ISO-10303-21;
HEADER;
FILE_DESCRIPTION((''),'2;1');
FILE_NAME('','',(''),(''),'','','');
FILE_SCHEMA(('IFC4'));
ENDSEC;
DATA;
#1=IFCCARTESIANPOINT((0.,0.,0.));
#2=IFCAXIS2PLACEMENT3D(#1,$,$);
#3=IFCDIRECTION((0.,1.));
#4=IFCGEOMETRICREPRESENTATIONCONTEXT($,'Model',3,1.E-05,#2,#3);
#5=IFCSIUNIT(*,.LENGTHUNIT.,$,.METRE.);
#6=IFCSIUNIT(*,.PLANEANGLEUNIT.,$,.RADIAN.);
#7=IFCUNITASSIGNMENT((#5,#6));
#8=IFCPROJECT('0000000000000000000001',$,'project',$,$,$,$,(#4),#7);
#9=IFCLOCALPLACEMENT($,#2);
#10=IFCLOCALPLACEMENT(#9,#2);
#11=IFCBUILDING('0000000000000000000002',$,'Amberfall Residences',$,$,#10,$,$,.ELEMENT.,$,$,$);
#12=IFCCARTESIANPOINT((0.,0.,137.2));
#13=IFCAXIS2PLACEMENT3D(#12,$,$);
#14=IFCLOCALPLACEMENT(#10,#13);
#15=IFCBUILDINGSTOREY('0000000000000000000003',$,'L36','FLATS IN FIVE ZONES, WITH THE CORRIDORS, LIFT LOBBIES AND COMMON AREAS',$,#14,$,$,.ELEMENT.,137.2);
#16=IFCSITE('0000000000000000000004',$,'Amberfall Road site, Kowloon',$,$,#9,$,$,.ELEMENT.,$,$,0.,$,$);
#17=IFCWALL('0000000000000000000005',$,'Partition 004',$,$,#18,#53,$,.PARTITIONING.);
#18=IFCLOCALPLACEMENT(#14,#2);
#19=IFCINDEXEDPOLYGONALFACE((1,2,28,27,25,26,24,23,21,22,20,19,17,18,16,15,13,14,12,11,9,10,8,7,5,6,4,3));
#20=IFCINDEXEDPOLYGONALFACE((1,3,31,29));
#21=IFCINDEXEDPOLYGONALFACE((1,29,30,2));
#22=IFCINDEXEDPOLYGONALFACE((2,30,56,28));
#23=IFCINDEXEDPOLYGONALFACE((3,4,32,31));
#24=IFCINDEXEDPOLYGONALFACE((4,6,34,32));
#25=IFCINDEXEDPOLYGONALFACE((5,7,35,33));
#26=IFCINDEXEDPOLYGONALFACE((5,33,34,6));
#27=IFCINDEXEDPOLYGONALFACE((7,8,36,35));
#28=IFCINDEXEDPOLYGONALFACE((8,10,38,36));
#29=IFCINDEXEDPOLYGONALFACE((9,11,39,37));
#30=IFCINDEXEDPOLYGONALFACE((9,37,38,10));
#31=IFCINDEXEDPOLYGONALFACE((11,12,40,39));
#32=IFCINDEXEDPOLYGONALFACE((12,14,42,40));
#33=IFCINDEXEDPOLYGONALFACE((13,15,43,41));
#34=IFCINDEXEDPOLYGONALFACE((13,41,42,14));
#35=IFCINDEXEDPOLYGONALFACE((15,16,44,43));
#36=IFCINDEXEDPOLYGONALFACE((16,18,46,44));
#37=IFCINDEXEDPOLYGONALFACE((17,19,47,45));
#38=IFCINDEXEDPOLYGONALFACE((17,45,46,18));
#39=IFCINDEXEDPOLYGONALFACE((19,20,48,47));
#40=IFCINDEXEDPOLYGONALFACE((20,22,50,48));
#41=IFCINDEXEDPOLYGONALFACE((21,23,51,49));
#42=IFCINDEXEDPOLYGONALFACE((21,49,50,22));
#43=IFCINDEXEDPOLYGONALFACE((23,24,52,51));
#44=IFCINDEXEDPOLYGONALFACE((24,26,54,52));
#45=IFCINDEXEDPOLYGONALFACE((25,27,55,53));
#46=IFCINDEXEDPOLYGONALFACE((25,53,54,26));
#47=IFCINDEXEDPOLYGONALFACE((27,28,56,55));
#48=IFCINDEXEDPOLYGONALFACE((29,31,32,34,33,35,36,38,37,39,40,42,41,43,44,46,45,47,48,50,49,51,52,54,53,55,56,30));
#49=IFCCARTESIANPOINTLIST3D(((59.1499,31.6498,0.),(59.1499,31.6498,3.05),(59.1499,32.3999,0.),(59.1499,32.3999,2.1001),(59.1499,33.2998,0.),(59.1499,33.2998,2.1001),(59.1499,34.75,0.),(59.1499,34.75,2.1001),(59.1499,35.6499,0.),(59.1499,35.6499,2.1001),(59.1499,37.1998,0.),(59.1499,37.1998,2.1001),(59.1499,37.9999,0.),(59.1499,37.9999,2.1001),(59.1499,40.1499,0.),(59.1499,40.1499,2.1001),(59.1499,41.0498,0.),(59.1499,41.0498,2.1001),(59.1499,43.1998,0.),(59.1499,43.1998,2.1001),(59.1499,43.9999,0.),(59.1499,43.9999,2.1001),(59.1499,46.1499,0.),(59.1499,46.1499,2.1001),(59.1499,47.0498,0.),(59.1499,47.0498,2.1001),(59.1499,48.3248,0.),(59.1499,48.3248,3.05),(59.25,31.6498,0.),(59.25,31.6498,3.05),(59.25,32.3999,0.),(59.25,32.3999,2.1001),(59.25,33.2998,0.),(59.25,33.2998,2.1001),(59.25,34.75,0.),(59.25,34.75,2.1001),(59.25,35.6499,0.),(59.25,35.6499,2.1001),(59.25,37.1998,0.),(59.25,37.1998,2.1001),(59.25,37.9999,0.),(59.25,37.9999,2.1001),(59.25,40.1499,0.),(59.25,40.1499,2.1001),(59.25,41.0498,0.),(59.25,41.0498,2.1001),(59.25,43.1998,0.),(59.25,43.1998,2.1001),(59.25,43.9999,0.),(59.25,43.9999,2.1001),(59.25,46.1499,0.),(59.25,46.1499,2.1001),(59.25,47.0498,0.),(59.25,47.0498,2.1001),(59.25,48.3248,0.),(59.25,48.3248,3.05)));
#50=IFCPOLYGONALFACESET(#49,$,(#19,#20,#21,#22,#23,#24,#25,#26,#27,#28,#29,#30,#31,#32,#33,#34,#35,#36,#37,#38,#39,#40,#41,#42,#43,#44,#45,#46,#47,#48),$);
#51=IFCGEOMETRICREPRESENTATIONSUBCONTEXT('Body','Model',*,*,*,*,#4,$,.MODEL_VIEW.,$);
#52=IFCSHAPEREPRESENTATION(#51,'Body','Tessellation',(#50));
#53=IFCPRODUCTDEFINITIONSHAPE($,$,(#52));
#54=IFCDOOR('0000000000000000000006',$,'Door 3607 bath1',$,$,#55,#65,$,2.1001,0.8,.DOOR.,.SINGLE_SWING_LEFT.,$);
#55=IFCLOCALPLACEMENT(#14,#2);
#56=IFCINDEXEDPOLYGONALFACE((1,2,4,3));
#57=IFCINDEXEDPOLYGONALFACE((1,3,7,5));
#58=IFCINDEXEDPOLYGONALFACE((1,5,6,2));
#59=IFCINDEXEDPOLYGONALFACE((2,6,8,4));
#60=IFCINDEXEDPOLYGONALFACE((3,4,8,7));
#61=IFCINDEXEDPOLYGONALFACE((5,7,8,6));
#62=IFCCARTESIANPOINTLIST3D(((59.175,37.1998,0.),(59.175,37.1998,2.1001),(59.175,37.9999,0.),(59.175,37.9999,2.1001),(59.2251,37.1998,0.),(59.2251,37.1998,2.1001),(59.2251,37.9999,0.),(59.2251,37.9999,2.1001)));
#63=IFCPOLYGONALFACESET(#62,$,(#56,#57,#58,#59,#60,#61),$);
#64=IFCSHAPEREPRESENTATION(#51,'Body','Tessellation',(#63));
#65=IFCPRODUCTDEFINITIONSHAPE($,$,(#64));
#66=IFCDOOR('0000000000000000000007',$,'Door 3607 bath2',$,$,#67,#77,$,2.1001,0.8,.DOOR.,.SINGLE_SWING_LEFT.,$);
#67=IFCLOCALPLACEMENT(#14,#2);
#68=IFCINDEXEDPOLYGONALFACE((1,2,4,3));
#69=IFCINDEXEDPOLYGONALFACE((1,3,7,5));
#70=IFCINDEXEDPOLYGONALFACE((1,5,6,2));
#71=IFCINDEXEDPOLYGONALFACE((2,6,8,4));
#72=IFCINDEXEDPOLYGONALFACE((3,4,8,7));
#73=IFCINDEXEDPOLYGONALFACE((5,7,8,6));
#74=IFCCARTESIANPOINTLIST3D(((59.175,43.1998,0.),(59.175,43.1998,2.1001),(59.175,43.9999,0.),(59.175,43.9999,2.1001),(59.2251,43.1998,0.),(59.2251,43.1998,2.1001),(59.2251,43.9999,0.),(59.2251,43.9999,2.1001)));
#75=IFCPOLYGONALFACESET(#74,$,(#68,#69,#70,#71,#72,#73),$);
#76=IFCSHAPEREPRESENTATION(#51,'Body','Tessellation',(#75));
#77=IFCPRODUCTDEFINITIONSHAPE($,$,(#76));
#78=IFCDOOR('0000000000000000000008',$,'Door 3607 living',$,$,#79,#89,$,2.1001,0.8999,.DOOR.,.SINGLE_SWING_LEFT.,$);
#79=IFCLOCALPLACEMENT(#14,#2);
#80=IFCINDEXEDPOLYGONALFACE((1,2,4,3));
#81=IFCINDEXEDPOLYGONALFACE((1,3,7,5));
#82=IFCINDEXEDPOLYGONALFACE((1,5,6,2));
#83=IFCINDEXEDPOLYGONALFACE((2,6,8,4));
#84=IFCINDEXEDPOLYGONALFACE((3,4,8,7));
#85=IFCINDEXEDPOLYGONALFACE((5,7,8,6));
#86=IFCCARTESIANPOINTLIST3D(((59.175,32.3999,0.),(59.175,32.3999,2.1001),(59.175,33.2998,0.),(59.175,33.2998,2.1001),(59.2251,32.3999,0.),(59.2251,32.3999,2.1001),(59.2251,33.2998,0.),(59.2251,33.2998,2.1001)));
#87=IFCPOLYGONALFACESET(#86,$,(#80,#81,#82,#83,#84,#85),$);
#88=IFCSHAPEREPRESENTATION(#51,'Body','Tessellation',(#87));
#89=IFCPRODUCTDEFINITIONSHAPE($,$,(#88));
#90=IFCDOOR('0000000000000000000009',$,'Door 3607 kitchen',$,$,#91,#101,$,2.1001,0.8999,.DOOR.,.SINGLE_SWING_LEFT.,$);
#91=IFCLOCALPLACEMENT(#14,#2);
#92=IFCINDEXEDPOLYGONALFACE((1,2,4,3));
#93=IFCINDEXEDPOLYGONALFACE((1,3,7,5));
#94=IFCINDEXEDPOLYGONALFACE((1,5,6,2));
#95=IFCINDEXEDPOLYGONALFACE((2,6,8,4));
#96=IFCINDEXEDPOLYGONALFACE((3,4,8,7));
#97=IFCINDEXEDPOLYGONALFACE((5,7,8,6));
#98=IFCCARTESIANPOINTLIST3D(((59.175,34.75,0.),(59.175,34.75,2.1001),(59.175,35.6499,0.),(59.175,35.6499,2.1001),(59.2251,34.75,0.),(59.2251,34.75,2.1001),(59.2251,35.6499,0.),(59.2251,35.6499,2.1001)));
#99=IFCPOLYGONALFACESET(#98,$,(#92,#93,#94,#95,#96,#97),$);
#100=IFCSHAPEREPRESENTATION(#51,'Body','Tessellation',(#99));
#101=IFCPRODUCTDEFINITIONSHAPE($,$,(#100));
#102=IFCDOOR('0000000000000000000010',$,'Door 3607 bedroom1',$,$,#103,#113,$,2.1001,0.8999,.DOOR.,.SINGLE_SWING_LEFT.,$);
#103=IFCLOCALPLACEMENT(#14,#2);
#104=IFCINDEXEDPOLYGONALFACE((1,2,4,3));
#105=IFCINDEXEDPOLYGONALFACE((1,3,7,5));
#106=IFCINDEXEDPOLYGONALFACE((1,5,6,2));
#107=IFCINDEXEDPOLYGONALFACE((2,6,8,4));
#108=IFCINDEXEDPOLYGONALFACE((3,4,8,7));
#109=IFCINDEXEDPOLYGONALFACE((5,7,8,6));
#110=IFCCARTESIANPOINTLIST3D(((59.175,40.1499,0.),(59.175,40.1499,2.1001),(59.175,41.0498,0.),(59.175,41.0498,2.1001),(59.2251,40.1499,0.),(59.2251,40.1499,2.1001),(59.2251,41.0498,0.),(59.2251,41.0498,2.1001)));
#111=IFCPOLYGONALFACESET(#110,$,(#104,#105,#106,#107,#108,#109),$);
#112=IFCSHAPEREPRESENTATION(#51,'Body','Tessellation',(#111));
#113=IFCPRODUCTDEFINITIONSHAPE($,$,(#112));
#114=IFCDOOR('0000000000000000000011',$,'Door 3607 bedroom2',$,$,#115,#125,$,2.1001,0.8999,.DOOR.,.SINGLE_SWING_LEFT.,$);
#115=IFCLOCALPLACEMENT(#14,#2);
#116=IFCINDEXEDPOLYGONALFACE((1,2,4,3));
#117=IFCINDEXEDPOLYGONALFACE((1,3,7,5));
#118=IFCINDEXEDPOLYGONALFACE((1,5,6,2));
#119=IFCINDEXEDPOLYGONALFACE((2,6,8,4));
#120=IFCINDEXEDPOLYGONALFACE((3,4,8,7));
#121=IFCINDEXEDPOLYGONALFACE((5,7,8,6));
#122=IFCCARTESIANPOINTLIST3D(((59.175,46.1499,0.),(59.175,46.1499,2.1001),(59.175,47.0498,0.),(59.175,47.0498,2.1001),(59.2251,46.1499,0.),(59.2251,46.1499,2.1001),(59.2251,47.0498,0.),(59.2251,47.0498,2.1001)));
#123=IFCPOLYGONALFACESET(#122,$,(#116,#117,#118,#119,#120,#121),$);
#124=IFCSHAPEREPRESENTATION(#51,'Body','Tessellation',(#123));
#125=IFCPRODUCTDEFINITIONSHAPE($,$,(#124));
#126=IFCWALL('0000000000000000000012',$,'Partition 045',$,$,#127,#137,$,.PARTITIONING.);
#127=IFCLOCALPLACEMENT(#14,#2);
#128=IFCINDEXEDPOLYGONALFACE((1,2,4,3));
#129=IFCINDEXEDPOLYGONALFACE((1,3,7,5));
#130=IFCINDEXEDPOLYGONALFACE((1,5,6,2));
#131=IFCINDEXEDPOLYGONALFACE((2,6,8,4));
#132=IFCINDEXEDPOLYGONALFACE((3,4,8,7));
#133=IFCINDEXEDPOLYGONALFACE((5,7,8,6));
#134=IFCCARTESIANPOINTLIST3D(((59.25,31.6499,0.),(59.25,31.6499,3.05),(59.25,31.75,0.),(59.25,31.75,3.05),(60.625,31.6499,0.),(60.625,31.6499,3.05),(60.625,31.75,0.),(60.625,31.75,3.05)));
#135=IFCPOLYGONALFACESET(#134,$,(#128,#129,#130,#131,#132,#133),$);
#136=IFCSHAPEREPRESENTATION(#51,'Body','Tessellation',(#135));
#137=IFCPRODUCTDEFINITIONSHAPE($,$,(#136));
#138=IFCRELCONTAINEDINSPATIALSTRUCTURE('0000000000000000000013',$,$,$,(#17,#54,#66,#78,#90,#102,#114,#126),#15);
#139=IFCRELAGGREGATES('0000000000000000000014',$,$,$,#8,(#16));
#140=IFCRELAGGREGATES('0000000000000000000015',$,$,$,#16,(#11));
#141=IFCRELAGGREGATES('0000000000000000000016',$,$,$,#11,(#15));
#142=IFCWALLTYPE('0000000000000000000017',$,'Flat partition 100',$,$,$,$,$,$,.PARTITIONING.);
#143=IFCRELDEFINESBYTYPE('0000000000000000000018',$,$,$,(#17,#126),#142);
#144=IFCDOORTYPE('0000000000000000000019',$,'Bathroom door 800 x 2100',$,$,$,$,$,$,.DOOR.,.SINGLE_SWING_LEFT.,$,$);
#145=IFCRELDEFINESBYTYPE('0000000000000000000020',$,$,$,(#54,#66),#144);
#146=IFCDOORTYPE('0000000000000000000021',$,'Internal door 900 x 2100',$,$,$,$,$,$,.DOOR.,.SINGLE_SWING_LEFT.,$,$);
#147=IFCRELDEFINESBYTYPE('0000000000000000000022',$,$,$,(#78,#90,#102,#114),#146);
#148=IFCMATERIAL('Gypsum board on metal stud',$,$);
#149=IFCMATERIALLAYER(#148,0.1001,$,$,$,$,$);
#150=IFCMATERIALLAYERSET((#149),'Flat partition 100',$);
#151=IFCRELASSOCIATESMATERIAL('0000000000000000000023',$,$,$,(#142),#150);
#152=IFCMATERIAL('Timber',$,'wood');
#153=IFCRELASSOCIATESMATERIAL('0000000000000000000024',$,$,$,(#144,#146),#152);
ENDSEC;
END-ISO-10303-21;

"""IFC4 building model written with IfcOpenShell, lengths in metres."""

from ifc_helpers import new_model, si_unit, direction, frame, frame_2d, origin, place, context, subcontext, project, spatial, rectangle, extrude, material, layer, layer_set, type_object, element, fill, save


model = new_model("IFC4")

# Units and contexts
model_context = context("Model", 3, precision=1e-05, world=origin(), true_north=direction((0.0, 1.0)))
body_context = subcontext(model_context, "Body", "Model", "MODEL_VIEW")
ifc_project = project(units=[si_unit("LENGTHUNIT", "METRE"), si_unit("PLANEANGLEUNIT", "RADIAN")], contexts=[model_context])

# Site, building, storey
site_placement = place(None, origin())
site = spatial("IfcSite", under=ifc_project, at=site_placement, Name="Amberfall Road site, Kowloon", CompositionType="ELEMENT", RefElevation=0.0)
building_placement = place(site_placement, origin())
building = spatial("IfcBuilding", under=site, at=building_placement, Name="Amberfall Residences", CompositionType="ELEMENT")
storey_placement = place(building_placement, frame((0.0, 0.0, 137.2)))
storey = spatial("IfcBuildingStorey", under=building, at=storey_placement, Name="L36", Description="FLATS IN FIVE ZONES, WITH THE CORRIDORS, LIFT LOBBIES AND COMMON AREAS", CompositionType="ELEMENT", Elevation=137.2)

# Wall, openings, doors
ifc_material_1 = material(Name="Gypsum board on metal stud")
ifc_layer_1 = layer(ifc_material_1, 0.1001)
ifc_layer_set_1 = layer_set([ifc_layer_1], Name="Flat partition 100")
wall_type_1 = type_object("IfcWallType", Name="Flat partition 100", PredefinedType="PARTITIONING", material=ifc_layer_set_1)
wall_1_placement = place(storey_placement, frame((59.2, 31.6499, 0.0), z_axis=(0.0, 0.0, 1.0), x_axis=(0.0, 1.0, 0.0)))
wall_1 = element("IfcWall", 1, at=wall_1_placement, inside=storey, type_object=wall_type_1, Name="Partition 004", PredefinedType="PARTITIONING", context=body_context, shape_type="SweptSolid", body=[
    extrude(rectangle(XDim=16.675, YDim=0.1001, at=frame_2d((8.3374, 0.0))), origin(), (0.0, 0.0, 1.0), 3.05),
])
opening_1_placement = place(wall_1_placement, frame((0.75, 0.0, 0.0)))
opening_1 = element("IfcOpeningElement", 2, at=opening_1_placement, cuts=wall_1, PredefinedType="OPENING", context=body_context, shape_type="SweptSolid", body=[
    extrude(rectangle(XDim=0.8999, YDim=2.1001, at=frame_2d((0.45, 1.05))), frame((0.0, 0.0601, 0.0), z_axis=(0.0, -1.0, 0.0), x_axis=(1.0, 0.0, 0.0)), (0.0, 0.0, 1.0), 0.1201),
])
opening_2_placement = place(wall_1_placement, frame((3.1001, 0.0, 0.0)))
opening_2 = element("IfcOpeningElement", 3, at=opening_2_placement, cuts=wall_1, PredefinedType="OPENING", context=body_context, shape_type="SweptSolid", body=[
    extrude(rectangle(XDim=0.8999, YDim=2.1001, at=frame_2d((0.45, 1.05))), frame((0.0, 0.0601, 0.0), z_axis=(0.0, -1.0, 0.0), x_axis=(1.0, 0.0, 0.0)), (0.0, 0.0, 1.0), 0.1201),
])
opening_3_placement = place(wall_1_placement, frame((8.5, 0.0, 0.0)))
opening_3 = element("IfcOpeningElement", 4, at=opening_3_placement, cuts=wall_1, PredefinedType="OPENING", context=body_context, shape_type="SweptSolid", body=[
    extrude(rectangle(XDim=0.8999, YDim=2.1001, at=frame_2d((0.45, 1.05))), frame((0.0, 0.0601, 0.0), z_axis=(0.0, -1.0, 0.0), x_axis=(1.0, 0.0, 0.0)), (0.0, 0.0, 1.0), 0.1201),
])
opening_4_placement = place(wall_1_placement, frame((14.5, 0.0, 0.0)))
opening_4 = element("IfcOpeningElement", 5, at=opening_4_placement, cuts=wall_1, PredefinedType="OPENING", context=body_context, shape_type="SweptSolid", body=[
    extrude(rectangle(XDim=0.8999, YDim=2.1001, at=frame_2d((0.45, 1.05))), frame((0.0, 0.0601, 0.0), z_axis=(0.0, -1.0, 0.0), x_axis=(1.0, 0.0, 0.0)), (0.0, 0.0, 1.0), 0.1201),
])
opening_5_placement = place(wall_1_placement, frame((5.55, 0.0, 0.0)))
opening_5 = element("IfcOpeningElement", 6, at=opening_5_placement, cuts=wall_1, PredefinedType="OPENING", context=body_context, shape_type="SweptSolid", body=[
    extrude(rectangle(XDim=0.8, YDim=2.1001, at=frame_2d((0.3999, 1.05))), frame((0.0, 0.0601, 0.0), z_axis=(0.0, -1.0, 0.0), x_axis=(1.0, 0.0, 0.0)), (0.0, 0.0, 1.0), 0.1201),
])
opening_6_placement = place(wall_1_placement, frame((11.55, 0.0, 0.0)))
opening_6 = element("IfcOpeningElement", 7, at=opening_6_placement, cuts=wall_1, PredefinedType="OPENING", context=body_context, shape_type="SweptSolid", body=[
    extrude(rectangle(XDim=0.8, YDim=2.1001, at=frame_2d((0.3999, 1.05))), frame((0.0, 0.0601, 0.0), z_axis=(0.0, -1.0, 0.0), x_axis=(1.0, 0.0, 0.0)), (0.0, 0.0, 1.0), 0.1201),
])
ifc_material_2 = material(Name="Timber", Category="wood")
door_type_1 = type_object("IfcDoorType", Name="Bathroom door 800 x 2100", OperationType="SINGLE_SWING_LEFT", PredefinedType="DOOR", material=ifc_material_2)
door_1_placement = place(opening_5_placement, origin())
door_1 = element("IfcDoor", 8, at=door_1_placement, inside=storey, type_object=door_type_1, Name="Door 3607 bath1", OperationType="SINGLE_SWING_LEFT", OverallHeight=2.1001, OverallWidth=0.8, PredefinedType="DOOR", context=body_context, shape_type="SweptSolid", body=[
    extrude(rectangle(XDim=0.8, YDim=2.1001, at=frame_2d((0.3999, 1.05))), frame((0.0, 0.0249, 0.0), z_axis=(0.0, -1.0, 0.0), x_axis=(1.0, 0.0, 0.0)), (0.0, 0.0, 1.0), 0.05),
])
fill(opening_5, door_1)
door_2_placement = place(opening_6_placement, origin())
door_2 = element("IfcDoor", 9, at=door_2_placement, inside=storey, type_object=door_type_1, Name="Door 3607 bath2", OperationType="SINGLE_SWING_LEFT", OverallHeight=2.1001, OverallWidth=0.8, PredefinedType="DOOR", context=body_context, shape_type="SweptSolid", body=[
    extrude(rectangle(XDim=0.8, YDim=2.1001, at=frame_2d((0.3999, 1.05))), frame((0.0, 0.0249, 0.0), z_axis=(0.0, -1.0, 0.0), x_axis=(1.0, 0.0, 0.0)), (0.0, 0.0, 1.0), 0.05),
])
fill(opening_6, door_2)
door_type_2 = type_object("IfcDoorType", Name="Internal door 900 x 2100", OperationType="SINGLE_SWING_LEFT", PredefinedType="DOOR", material=ifc_material_2)
door_3_placement = place(opening_1_placement, origin())
door_3 = element("IfcDoor", 10, at=door_3_placement, inside=storey, type_object=door_type_2, Name="Door 3607 living", OperationType="SINGLE_SWING_LEFT", OverallHeight=2.1001, OverallWidth=0.8999, PredefinedType="DOOR", context=body_context, shape_type="SweptSolid", body=[
    extrude(rectangle(XDim=0.8999, YDim=2.1001, at=frame_2d((0.45, 1.05))), frame((0.0, 0.0249, 0.0), z_axis=(0.0, -1.0, 0.0), x_axis=(1.0, 0.0, 0.0)), (0.0, 0.0, 1.0), 0.05),
])
fill(opening_1, door_3)
door_4_placement = place(opening_2_placement, origin())
door_4 = element("IfcDoor", 11, at=door_4_placement, inside=storey, type_object=door_type_2, Name="Door 3607 kitchen", OperationType="SINGLE_SWING_LEFT", OverallHeight=2.1001, OverallWidth=0.8999, PredefinedType="DOOR", context=body_context, shape_type="SweptSolid", body=[
    extrude(rectangle(XDim=0.8999, YDim=2.1001, at=frame_2d((0.45, 1.05))), frame((0.0, 0.0249, 0.0), z_axis=(0.0, -1.0, 0.0), x_axis=(1.0, 0.0, 0.0)), (0.0, 0.0, 1.0), 0.05),
])
fill(opening_2, door_4)
door_5_placement = place(opening_3_placement, origin())
door_5 = element("IfcDoor", 12, at=door_5_placement, inside=storey, type_object=door_type_2, Name="Door 3607 bedroom1", OperationType="SINGLE_SWING_LEFT", OverallHeight=2.1001, OverallWidth=0.8999, PredefinedType="DOOR", context=body_context, shape_type="SweptSolid", body=[
    extrude(rectangle(XDim=0.8999, YDim=2.1001, at=frame_2d((0.45, 1.05))), frame((0.0, 0.0249, 0.0), z_axis=(0.0, -1.0, 0.0), x_axis=(1.0, 0.0, 0.0)), (0.0, 0.0, 1.0), 0.05),
])
fill(opening_3, door_5)
door_6_placement = place(opening_4_placement, origin())
door_6 = element("IfcDoor", 13, at=door_6_placement, inside=storey, type_object=door_type_2, Name="Door 3607 bedroom2", OperationType="SINGLE_SWING_LEFT", OverallHeight=2.1001, OverallWidth=0.8999, PredefinedType="DOOR", context=body_context, shape_type="SweptSolid", body=[
    extrude(rectangle(XDim=0.8999, YDim=2.1001, at=frame_2d((0.45, 1.05))), frame((0.0, 0.0249, 0.0), z_axis=(0.0, -1.0, 0.0), x_axis=(1.0, 0.0, 0.0)), (0.0, 0.0, 1.0), 0.05),
])
fill(opening_4, door_6)

# Wall
wall_2_placement = place(storey_placement, frame((59.25, 31.7, 0.0), z_axis=(0.0, 0.0, 1.0), x_axis=(1.0, 0.0, 0.0)))
element("IfcWall", 14, at=wall_2_placement, inside=storey, type_object=wall_type_1, Name="Partition 045", PredefinedType="PARTITIONING", context=body_context, shape_type="SweptSolid", body=[
    extrude(rectangle(XDim=1.375, YDim=0.1001, at=frame_2d((0.6875, 0.0))), origin(), (0.0, 0.0, 1.0), 3.05),
])

save(model, "model.ifc")
